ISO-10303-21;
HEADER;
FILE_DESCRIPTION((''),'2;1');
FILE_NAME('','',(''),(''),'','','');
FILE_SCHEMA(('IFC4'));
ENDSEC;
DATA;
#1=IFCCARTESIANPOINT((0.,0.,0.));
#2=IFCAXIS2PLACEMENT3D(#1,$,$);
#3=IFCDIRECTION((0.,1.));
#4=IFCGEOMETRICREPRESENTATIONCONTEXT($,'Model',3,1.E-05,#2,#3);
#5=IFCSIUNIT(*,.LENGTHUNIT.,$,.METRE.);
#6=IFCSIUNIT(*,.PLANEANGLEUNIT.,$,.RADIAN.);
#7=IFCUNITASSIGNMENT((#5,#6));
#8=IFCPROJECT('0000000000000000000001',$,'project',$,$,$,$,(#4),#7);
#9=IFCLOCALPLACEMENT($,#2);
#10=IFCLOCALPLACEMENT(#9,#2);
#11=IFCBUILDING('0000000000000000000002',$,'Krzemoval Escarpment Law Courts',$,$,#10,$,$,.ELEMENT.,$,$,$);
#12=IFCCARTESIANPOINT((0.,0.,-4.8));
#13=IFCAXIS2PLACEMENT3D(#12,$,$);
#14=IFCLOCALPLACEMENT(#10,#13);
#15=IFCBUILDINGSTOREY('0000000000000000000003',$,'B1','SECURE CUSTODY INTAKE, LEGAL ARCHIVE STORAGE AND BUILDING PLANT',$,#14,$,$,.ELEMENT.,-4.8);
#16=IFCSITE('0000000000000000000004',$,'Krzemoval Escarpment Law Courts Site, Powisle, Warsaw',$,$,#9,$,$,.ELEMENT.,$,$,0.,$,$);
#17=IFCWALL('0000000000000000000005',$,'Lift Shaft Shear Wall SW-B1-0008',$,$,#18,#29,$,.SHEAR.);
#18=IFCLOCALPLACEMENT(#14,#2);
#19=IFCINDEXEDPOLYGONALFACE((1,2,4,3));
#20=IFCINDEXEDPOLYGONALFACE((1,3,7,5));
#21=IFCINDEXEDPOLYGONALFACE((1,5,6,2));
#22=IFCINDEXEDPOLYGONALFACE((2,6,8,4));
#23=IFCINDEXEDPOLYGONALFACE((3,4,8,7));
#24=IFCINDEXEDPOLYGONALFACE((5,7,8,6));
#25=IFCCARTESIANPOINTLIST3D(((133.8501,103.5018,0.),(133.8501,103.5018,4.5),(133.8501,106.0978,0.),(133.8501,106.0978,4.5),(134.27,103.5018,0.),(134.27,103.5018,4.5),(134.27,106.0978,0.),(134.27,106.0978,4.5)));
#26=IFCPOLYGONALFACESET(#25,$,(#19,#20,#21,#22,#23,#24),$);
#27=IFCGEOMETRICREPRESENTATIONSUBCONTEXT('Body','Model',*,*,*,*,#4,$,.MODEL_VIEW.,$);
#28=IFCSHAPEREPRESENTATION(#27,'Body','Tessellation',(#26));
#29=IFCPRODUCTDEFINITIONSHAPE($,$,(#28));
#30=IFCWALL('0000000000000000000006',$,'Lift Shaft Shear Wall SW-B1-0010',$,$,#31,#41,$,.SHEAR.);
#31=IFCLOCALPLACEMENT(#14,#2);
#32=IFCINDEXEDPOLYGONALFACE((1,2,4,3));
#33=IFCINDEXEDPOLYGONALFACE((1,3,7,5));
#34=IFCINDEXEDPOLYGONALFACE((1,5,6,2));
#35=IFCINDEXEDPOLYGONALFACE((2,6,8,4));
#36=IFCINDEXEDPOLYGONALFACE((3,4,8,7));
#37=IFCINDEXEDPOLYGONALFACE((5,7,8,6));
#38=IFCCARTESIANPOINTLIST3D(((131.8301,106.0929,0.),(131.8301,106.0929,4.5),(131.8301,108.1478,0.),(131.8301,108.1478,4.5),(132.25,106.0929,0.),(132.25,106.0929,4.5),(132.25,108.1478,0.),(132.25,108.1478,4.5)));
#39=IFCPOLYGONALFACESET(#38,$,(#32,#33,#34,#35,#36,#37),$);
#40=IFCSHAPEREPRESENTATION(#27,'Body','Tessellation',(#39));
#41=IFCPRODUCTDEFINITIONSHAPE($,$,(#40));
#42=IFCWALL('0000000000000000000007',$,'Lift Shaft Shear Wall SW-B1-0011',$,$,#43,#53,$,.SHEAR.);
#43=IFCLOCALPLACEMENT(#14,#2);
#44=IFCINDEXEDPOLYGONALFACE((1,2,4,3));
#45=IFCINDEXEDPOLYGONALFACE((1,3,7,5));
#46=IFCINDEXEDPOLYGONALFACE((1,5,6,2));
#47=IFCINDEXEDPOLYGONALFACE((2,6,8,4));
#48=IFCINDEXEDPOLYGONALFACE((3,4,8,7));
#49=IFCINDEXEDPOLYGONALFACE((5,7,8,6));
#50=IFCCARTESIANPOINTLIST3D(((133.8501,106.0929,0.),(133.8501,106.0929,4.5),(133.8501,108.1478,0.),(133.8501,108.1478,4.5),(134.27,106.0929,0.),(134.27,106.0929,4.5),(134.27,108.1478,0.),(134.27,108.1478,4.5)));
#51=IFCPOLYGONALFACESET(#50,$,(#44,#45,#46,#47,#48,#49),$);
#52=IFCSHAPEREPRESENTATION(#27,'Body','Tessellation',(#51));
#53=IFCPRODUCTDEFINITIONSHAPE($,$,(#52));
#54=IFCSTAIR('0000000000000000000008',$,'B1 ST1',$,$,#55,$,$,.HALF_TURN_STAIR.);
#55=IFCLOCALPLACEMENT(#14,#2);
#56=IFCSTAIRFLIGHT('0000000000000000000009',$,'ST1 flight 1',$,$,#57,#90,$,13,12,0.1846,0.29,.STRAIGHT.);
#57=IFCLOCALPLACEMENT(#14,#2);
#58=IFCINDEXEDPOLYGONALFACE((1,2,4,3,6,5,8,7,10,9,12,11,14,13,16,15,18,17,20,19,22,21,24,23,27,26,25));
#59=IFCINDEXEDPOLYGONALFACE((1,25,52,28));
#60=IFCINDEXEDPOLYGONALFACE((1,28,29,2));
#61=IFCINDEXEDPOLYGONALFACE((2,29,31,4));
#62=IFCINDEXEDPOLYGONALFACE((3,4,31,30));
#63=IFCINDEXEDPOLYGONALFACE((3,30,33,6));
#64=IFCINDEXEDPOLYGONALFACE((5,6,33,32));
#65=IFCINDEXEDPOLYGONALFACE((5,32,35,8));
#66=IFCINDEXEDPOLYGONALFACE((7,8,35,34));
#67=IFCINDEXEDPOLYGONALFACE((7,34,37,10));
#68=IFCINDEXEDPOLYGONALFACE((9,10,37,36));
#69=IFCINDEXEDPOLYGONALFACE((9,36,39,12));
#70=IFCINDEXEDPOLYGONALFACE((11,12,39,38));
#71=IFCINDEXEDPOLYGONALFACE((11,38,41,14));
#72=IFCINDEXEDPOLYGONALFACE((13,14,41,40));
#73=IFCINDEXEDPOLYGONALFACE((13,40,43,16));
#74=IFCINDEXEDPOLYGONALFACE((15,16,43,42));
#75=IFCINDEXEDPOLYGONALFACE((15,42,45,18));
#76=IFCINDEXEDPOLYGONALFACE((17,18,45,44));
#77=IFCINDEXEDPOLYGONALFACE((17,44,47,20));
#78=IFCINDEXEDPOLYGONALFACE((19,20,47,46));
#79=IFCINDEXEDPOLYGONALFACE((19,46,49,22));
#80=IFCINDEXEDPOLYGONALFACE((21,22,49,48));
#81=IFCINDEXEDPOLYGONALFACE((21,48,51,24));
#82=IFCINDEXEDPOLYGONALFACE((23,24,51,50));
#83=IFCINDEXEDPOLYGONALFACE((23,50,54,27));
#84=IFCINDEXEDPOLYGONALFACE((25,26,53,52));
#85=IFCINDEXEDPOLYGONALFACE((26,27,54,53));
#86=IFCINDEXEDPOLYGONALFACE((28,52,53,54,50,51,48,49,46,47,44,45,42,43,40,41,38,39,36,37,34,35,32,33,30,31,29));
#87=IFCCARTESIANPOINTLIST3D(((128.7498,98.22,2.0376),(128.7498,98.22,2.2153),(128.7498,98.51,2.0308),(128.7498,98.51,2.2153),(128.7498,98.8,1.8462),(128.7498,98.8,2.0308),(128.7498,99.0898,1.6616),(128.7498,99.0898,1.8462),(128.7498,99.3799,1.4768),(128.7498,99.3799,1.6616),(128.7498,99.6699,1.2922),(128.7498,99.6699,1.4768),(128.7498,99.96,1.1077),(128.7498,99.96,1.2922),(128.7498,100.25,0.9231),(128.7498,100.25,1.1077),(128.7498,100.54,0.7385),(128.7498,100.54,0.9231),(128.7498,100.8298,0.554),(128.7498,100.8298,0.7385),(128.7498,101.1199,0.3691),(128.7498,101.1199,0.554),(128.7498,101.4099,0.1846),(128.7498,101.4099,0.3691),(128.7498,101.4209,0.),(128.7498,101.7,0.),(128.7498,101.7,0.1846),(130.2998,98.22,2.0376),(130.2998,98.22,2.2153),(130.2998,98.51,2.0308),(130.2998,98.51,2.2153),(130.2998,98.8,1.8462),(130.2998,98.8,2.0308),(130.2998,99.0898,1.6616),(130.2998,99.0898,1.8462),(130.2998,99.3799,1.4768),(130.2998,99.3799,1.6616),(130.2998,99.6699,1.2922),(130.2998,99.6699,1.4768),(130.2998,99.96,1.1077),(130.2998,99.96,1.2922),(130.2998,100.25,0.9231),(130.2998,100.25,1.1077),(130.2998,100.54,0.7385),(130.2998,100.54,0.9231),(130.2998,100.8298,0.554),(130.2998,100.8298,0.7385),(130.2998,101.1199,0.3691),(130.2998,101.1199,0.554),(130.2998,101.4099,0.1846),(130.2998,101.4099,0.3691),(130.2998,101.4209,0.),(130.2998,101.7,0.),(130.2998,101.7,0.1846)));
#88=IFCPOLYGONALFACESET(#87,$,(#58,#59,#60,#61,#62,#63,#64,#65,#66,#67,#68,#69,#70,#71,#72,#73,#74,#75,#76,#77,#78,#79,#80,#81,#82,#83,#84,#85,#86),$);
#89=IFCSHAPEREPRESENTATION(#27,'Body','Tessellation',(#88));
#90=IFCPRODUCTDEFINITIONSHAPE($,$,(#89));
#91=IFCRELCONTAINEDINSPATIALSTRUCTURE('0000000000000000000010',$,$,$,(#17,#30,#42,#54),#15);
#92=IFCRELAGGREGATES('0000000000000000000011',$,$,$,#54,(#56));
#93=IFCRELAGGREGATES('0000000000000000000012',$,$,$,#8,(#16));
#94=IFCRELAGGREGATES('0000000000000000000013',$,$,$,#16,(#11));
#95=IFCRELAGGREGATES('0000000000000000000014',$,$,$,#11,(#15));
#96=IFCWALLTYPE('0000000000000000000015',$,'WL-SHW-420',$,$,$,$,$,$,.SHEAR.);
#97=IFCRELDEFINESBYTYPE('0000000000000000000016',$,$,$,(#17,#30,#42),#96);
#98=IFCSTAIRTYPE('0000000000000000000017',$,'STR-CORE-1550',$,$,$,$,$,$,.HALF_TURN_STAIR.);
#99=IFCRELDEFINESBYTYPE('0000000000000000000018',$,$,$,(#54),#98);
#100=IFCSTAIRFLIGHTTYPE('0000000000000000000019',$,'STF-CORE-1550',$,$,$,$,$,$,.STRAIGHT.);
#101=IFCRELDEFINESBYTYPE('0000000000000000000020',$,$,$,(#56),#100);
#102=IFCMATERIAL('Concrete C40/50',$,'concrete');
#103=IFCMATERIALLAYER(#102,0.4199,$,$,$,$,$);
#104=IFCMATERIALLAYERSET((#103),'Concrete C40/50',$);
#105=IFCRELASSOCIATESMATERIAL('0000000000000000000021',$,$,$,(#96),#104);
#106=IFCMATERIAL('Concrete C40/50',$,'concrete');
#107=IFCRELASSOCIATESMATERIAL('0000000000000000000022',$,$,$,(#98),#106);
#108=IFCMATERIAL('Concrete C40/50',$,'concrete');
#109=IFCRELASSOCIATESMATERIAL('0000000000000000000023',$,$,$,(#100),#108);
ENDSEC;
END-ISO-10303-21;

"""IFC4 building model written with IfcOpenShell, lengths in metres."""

from ifc_helpers import new_model, si_unit, direction, frame, frame_2d, origin, place, context, subcontext, project, spatial, polyline, rectangle, outline, extrude, material, layer, layer_set, type_object, element, aggregate, save


model = new_model("IFC4")

# Units and contexts
model_context = context("Model", 3, precision=1e-05, world=origin(), true_north=direction((0.0, 1.0)))
body_context = subcontext(model_context, "Body", "Model", "MODEL_VIEW")
ifc_project = project(units=[si_unit("LENGTHUNIT", "METRE"), si_unit("PLANEANGLEUNIT", "RADIAN")], contexts=[model_context])

# Site, building, storey
site_placement = place(None, origin())
site = spatial("IfcSite", under=ifc_project, at=site_placement, Name="Krzemoval Escarpment Law Courts Site, Powisle, Warsaw", CompositionType="ELEMENT", RefElevation=0.0)
building_placement = place(site_placement, origin())
building = spatial("IfcBuilding", under=site, at=building_placement, Name="Krzemoval Escarpment Law Courts", CompositionType="ELEMENT")
storey_placement = place(building_placement, frame((0.0, 0.0, -4.8)))
storey = spatial("IfcBuildingStorey", under=building, at=storey_placement, Name="B1", Description="SECURE CUSTODY INTAKE, LEGAL ARCHIVE STORAGE AND BUILDING PLANT", CompositionType="ELEMENT", Elevation=-4.8)

# Shared definitions
ifc_material_1 = material(Name="Concrete C40/50", Category="concrete")
ifc_layer_1 = layer(ifc_material_1, 0.4199)
ifc_layer_set_1 = layer_set([ifc_layer_1], Name="Concrete C40/50")
wall_type_1 = type_object("IfcWallType", Name="WL-SHW-420", PredefinedType="SHEAR", material=ifc_layer_set_1)

# Walls
wall_1_placement = place(storey_placement, frame((134.0601, 103.502, 0.0), z_axis=(0.0, 0.0, 1.0), x_axis=(0.0, 1.0, 0.0)))
element("IfcWall", 1, at=wall_1_placement, inside=storey, type_object=wall_type_1, Name="Lift Shaft Shear Wall SW-B1-0008", PredefinedType="SHEAR", context=body_context, shape_type="SweptSolid", body=[
    extrude(rectangle(XDim=2.5959, YDim=0.4199, at=frame_2d((1.2979, 0.0))), origin(), (0.0, 0.0, 1.0), 4.5),
])
for number, where, z_axis, x_axis, name in (
    (2, (132.04, 106.093, 0.0), (0.0, 0.0, 1.0), (0.0, 1.0, 0.0), "Lift Shaft Shear Wall SW-B1-0010"),
    (3, (134.0601, 106.093, 0.0), (0.0, 0.0, 1.0), (0.0, 1.0, 0.0), "Lift Shaft Shear Wall SW-B1-0011"),
):
    element("IfcWall", number, at=place(storey_placement, frame(where, z_axis=z_axis, x_axis=x_axis)), inside=storey, type_object=wall_type_1, Name=name, PredefinedType="SHEAR", context=body_context, shape_type="SweptSolid", body=[
        extrude(rectangle(XDim=2.0549, YDim=0.4199, at=frame_2d((1.0273, 0.0))), origin(), (0.0, 0.0, 1.0), 4.5),
    ])

# Stair, stair flight
ifc_material_2 = material(Name="Concrete C40/50", Category="concrete")
stair_type = type_object("IfcStairType", Name="STR-CORE-1550", PredefinedType="HALF_TURN_STAIR", material=ifc_material_2)
stair_placement = place(storey_placement, origin())
stair = element("IfcStair", 4, at=stair_placement, inside=storey, type_object=stair_type, Name="B1 ST1", PredefinedType="HALF_TURN_STAIR")
ifc_material_3 = material(Name="Concrete C40/50", Category="concrete")
stair_flight_type = type_object("IfcStairFlightType", Name="STF-CORE-1550", PredefinedType="STRAIGHT", material=ifc_material_3)
stair_flight_placement = place(storey_placement, frame((129.5249, 101.7, 0.0), z_axis=(0.0, 0.0, 1.0), x_axis=(0.0, -1.0, 0.0)))
stair_flight = element("IfcStairFlight", 5, at=stair_flight_placement, type_object=stair_flight_type, Name="ST1 flight 1", NumberOfRisers=13, NumberOfTreads=12, PredefinedType="STRAIGHT", RiserHeight=0.1846, TreadLength=0.29, context=body_context, shape_type="SweptSolid", body=[
    extrude(outline(polyline([(0.0, 0.0), (0.0, 0.1846), (0.29, 0.1846), (0.29, 0.3691), (0.5801, 0.3691), (0.5801, 0.554), (0.8701, 0.554), (0.8701, 0.7385), (1.1599, 0.7385), (1.1599, 0.9231), (1.45, 0.9231), (1.45, 1.1077), (1.74, 1.1077), (1.74, 1.2922), (2.03, 1.2922), (2.03, 1.4768), (2.3201, 1.4768), (2.3201, 1.6616), (2.6101, 1.6616), (2.6101, 1.8462), (2.8999, 1.8462), (2.8999, 2.0308), (3.1899, 2.0308), (3.1899, 2.2153), (3.48, 2.2153), (3.48, 2.3999), (3.48, 2.0376), (0.2791, 0.0), (0.0, 0.0)])), frame((0.0, 0.7749, 0.0), z_axis=(0.0, -1.0, 0.0), x_axis=(1.0, 0.0, 0.0)), (0.0, 0.0, 1.0), 1.55),
])
aggregate(stair, [stair_flight])

save(model, "model.ifc")
